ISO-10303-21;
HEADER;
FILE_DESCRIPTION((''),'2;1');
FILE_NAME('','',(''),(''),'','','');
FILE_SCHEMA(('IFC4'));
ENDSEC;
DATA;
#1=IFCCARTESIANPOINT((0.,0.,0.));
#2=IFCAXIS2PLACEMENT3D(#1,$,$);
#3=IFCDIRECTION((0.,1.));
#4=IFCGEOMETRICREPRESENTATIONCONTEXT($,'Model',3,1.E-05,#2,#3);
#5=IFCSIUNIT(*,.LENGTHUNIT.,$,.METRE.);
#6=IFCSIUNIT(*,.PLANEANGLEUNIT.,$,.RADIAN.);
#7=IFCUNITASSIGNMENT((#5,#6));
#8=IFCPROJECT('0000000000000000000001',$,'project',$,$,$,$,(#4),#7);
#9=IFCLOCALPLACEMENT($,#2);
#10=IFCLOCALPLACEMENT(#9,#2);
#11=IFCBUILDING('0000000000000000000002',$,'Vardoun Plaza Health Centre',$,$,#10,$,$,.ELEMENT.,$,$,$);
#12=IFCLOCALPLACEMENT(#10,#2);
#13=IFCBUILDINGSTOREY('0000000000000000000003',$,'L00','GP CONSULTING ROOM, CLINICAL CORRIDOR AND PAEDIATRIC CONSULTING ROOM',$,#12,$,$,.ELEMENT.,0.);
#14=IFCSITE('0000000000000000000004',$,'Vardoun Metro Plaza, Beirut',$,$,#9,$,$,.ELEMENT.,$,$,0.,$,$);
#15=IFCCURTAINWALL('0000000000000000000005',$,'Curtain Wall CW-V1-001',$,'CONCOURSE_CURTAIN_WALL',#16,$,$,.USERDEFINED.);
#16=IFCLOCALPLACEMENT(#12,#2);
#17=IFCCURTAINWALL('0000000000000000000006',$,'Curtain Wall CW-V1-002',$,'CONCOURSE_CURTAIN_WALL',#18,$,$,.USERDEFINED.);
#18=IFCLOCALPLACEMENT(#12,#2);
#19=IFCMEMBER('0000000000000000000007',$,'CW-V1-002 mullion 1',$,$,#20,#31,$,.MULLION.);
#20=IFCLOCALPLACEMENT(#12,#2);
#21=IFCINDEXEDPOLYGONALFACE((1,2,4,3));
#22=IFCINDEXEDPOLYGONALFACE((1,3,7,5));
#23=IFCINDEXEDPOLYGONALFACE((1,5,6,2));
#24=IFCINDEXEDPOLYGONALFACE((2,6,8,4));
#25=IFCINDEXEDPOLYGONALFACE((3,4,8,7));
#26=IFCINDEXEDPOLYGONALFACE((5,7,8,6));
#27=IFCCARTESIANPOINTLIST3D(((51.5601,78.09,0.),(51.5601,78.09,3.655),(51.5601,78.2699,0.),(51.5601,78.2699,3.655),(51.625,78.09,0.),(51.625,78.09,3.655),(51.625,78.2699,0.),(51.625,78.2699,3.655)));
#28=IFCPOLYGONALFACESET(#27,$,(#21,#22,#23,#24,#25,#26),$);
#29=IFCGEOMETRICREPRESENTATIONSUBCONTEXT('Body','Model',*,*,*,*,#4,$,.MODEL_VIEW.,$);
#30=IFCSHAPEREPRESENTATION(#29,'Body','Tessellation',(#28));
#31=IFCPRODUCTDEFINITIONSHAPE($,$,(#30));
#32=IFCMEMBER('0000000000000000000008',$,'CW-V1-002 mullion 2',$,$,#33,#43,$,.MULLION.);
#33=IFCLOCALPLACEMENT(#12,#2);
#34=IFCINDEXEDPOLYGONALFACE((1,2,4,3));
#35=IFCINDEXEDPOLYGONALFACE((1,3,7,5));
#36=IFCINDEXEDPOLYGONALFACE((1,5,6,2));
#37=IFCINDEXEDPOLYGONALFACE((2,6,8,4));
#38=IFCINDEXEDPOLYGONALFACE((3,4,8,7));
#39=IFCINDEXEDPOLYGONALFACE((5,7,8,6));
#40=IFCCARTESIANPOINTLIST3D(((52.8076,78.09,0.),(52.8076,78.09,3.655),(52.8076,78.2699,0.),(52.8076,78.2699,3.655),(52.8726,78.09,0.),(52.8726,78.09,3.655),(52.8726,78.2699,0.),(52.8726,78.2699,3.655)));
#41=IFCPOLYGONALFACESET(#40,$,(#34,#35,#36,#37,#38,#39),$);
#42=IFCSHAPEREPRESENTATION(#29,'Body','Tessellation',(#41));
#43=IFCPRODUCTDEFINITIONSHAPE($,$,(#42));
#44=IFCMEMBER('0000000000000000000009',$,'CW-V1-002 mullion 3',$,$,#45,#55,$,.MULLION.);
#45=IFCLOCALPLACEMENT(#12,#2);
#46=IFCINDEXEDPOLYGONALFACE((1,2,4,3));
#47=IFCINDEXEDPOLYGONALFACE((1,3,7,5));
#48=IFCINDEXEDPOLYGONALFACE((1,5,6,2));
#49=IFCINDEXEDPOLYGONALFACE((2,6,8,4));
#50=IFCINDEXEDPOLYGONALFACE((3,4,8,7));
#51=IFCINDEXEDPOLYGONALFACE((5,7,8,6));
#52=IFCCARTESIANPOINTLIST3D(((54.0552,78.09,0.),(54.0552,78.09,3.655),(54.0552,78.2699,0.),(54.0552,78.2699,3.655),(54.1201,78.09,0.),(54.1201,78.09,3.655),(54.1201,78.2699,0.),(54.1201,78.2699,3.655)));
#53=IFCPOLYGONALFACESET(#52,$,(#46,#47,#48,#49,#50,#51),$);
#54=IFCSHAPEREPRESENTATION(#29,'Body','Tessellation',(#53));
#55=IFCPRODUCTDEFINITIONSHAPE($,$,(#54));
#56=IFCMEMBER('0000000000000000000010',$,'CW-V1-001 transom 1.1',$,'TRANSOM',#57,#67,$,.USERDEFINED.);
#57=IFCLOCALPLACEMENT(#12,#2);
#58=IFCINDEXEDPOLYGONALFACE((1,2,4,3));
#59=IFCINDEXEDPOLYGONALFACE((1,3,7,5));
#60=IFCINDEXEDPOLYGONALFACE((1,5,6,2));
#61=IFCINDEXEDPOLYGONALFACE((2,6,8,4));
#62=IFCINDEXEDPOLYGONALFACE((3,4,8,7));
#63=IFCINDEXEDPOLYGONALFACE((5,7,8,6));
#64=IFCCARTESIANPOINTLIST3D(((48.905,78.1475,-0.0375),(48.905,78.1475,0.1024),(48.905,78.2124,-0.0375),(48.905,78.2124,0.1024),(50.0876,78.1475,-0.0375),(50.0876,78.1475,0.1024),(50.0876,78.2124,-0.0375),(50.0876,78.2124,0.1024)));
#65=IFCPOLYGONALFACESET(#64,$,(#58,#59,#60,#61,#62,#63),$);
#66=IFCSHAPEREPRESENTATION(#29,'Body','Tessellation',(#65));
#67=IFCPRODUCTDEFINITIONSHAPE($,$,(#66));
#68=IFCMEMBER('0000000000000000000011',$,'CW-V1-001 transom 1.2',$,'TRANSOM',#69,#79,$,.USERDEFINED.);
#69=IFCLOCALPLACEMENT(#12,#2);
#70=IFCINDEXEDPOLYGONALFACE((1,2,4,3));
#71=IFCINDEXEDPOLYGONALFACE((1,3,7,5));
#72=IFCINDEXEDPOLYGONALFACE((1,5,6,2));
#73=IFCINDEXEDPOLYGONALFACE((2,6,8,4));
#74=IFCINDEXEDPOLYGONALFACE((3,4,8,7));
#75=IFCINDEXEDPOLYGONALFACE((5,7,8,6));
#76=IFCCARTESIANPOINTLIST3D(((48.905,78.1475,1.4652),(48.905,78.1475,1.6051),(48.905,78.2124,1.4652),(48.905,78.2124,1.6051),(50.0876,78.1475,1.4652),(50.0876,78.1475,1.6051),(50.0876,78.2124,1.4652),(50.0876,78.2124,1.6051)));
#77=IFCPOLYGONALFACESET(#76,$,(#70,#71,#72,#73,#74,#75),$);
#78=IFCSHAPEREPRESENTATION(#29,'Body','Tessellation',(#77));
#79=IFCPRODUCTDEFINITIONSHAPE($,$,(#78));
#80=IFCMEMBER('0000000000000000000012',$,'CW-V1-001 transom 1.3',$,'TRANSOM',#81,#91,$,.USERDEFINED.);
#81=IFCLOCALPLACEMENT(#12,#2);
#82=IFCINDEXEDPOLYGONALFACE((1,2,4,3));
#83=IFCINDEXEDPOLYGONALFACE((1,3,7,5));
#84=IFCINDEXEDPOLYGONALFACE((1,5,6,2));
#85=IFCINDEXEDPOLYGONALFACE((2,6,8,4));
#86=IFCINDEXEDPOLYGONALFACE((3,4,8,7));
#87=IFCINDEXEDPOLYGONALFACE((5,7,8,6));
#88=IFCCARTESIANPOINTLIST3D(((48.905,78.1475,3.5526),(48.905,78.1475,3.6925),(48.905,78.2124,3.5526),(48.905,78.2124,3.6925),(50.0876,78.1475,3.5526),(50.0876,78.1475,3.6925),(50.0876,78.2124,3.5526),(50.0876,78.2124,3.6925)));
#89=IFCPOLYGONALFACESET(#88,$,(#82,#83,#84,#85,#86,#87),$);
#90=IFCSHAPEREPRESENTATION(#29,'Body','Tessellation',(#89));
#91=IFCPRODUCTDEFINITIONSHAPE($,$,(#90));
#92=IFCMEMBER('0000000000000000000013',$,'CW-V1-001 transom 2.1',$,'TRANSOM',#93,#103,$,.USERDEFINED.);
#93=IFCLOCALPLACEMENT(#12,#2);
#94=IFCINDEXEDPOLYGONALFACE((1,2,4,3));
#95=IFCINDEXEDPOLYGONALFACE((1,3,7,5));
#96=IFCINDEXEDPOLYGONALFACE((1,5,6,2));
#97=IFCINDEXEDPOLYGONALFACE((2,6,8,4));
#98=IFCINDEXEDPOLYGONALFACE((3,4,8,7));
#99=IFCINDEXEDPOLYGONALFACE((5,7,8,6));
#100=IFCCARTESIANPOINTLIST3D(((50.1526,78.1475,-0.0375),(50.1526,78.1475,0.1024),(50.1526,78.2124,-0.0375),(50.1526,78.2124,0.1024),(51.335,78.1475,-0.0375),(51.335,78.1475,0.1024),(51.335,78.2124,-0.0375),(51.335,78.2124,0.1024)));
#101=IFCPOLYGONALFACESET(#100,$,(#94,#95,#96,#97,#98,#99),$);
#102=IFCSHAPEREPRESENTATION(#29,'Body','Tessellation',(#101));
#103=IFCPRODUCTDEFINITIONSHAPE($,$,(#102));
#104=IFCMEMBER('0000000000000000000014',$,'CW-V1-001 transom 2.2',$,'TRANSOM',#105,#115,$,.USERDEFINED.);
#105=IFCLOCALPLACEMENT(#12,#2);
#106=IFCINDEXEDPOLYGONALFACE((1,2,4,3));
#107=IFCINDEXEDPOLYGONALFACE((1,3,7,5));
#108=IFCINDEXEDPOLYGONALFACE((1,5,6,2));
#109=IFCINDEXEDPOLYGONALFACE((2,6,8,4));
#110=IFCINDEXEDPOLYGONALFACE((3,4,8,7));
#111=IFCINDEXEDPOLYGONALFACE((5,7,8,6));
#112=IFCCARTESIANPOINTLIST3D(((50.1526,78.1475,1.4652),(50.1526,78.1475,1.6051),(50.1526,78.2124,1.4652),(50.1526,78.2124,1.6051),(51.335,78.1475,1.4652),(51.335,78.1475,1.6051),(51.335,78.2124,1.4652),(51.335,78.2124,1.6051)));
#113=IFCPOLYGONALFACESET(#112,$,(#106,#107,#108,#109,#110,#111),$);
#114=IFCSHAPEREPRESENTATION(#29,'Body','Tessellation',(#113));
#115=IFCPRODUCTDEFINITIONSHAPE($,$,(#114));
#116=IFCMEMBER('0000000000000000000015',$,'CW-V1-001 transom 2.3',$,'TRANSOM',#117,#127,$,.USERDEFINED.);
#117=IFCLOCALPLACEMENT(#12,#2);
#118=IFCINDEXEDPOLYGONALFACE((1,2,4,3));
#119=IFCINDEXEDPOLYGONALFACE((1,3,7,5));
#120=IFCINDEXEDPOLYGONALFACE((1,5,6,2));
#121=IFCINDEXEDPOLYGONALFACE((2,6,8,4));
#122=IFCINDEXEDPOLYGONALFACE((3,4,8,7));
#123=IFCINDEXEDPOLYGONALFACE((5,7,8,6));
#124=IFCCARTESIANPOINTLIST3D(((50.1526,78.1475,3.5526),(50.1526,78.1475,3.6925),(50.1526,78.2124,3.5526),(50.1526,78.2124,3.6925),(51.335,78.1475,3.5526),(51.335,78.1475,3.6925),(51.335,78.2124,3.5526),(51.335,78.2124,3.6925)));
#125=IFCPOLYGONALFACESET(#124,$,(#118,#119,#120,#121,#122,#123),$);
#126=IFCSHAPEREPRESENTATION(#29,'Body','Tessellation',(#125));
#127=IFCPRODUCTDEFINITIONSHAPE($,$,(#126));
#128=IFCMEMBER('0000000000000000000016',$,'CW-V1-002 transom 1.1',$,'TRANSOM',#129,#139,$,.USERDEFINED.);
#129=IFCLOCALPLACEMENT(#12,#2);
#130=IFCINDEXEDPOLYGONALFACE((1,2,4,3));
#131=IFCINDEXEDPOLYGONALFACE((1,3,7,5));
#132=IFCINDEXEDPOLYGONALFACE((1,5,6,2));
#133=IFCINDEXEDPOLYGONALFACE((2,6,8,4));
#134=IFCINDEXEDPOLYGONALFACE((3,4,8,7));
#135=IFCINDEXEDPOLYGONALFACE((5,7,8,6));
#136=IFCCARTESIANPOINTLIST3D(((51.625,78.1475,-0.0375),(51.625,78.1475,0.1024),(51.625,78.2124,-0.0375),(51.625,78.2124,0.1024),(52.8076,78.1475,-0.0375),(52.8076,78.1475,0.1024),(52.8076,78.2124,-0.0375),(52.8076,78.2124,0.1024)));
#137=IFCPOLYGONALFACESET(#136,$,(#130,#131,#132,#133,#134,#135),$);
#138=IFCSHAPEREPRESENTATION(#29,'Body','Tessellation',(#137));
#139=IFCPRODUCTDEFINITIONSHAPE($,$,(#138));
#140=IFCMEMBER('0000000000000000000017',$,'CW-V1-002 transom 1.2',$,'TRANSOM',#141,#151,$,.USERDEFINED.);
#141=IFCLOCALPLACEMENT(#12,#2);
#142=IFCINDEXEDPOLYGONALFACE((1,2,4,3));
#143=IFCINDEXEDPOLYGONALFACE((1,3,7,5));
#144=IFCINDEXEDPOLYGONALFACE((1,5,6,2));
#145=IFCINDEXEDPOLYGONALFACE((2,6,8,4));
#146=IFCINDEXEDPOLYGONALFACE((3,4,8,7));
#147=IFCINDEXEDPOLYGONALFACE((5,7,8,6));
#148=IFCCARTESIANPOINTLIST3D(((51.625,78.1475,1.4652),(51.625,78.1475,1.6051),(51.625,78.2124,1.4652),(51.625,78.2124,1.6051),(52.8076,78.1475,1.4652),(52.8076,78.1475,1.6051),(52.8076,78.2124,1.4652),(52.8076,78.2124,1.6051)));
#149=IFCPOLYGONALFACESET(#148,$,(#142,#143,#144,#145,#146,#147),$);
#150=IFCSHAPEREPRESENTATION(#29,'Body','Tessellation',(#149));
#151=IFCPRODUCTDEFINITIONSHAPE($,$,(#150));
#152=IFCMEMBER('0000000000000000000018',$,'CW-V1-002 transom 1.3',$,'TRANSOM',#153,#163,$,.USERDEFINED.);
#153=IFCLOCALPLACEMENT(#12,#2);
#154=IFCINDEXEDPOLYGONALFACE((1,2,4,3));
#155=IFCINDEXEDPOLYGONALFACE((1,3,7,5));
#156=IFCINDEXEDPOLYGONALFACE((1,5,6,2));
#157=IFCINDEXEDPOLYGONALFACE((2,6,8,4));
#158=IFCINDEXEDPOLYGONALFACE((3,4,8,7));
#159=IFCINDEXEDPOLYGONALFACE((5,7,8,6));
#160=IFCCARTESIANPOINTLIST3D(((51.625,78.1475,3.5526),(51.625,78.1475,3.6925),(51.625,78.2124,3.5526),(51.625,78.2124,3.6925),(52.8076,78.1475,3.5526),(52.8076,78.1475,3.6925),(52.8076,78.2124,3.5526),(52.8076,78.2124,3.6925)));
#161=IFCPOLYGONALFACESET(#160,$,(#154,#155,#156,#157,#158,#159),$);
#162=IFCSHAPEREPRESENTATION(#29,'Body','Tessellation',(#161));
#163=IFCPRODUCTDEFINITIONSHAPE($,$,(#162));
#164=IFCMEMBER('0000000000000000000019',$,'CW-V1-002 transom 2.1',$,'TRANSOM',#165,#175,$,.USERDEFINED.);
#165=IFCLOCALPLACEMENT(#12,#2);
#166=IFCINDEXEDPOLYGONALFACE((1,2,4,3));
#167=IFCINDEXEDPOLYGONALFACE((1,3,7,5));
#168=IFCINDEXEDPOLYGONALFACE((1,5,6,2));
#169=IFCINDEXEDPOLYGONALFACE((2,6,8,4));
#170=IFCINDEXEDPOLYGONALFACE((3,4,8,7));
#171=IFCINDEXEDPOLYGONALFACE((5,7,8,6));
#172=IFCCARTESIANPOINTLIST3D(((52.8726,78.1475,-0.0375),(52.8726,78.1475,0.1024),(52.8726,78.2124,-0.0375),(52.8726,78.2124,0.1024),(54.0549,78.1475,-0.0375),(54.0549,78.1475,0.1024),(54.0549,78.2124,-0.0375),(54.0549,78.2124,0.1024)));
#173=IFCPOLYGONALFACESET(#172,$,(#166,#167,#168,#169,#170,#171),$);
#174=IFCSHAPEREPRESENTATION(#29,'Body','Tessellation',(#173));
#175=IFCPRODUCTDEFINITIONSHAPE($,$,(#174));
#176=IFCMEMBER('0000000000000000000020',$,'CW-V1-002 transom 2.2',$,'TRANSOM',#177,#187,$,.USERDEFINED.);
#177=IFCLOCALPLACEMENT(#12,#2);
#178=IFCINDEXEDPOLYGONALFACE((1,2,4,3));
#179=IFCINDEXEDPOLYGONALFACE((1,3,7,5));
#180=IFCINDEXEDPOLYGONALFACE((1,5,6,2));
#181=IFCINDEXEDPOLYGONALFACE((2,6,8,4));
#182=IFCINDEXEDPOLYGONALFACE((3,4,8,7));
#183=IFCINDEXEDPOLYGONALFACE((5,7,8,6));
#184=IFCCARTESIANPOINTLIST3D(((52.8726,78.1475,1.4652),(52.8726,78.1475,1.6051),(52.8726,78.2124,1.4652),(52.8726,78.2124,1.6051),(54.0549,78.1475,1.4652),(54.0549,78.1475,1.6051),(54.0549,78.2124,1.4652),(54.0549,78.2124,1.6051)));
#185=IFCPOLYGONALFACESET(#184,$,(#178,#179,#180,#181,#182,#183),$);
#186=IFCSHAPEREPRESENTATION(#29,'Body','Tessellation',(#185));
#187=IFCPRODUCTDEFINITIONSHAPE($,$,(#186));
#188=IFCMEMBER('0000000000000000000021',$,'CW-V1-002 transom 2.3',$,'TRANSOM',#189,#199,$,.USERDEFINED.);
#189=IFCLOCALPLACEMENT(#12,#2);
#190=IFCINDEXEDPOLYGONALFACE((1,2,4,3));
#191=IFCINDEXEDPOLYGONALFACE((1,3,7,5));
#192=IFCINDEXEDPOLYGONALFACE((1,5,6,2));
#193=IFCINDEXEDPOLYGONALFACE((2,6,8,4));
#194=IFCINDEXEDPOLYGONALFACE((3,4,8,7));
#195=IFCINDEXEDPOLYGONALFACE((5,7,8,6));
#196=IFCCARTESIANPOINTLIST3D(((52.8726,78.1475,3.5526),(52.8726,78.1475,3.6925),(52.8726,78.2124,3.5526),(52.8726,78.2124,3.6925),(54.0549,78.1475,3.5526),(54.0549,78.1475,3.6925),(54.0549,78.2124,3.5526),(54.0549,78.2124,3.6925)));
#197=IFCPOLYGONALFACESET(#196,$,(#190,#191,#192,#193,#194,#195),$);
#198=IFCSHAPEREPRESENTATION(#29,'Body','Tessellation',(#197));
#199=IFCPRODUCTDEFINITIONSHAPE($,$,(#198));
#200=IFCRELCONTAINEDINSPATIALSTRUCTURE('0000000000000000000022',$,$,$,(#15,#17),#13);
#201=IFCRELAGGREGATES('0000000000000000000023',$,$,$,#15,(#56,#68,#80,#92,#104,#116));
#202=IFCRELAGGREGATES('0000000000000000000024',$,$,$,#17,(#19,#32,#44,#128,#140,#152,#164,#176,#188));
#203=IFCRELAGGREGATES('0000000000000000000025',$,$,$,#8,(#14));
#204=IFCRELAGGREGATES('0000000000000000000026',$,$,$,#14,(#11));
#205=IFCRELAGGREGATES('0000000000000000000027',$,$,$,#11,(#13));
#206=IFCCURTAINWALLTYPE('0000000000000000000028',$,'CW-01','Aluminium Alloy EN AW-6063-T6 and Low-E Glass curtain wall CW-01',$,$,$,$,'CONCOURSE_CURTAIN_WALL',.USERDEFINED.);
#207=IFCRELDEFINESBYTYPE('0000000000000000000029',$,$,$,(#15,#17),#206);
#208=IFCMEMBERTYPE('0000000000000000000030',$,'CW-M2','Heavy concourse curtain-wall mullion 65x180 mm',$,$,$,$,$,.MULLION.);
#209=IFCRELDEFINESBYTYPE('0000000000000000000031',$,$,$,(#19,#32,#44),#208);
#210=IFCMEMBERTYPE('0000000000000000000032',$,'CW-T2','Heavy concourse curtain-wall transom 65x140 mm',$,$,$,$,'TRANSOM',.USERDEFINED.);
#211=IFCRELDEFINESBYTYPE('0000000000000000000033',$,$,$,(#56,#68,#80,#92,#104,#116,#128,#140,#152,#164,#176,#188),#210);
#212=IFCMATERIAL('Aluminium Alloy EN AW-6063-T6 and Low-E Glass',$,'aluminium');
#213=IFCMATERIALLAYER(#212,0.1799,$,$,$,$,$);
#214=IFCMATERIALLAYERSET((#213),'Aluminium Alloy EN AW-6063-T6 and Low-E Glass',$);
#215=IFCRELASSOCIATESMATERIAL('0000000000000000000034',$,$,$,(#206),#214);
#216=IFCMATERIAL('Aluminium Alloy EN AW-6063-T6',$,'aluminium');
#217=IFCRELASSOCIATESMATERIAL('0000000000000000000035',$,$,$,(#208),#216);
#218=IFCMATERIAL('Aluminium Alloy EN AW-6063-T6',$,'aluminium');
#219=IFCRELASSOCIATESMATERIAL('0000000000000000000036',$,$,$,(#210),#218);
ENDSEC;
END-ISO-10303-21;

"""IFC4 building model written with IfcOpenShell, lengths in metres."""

from ifc_helpers import new_model, si_unit, direction, frame, origin, origin_2d, place, context, subcontext, project, spatial, rectangle, extrude, material, layer, layer_set, material_profile, profile_set, type_object, element, aggregate, save


model = new_model("IFC4")

# Units and contexts
model_context = context("Model", 3, precision=1e-05, world=origin(), true_north=direction((0.0, 1.0)))
body_context = subcontext(model_context, "Body", "Model", "MODEL_VIEW")
ifc_project = project(units=[si_unit("LENGTHUNIT", "METRE"), si_unit("PLANEANGLEUNIT", "RADIAN")], contexts=[model_context])

# Site, building, storey
site_placement = place(None, origin())
site = spatial("IfcSite", under=ifc_project, at=site_placement, Name="Vardoun Metro Plaza, Beirut", CompositionType="ELEMENT", RefElevation=0.0)
building_placement = place(site_placement, origin())
building = spatial("IfcBuilding", under=site, at=building_placement, Name="Vardoun Plaza Health Centre", CompositionType="ELEMENT")
storey_placement = place(building_placement, origin())
storey = spatial("IfcBuildingStorey", under=building, at=storey_placement, Name="L00", Description="GP CONSULTING ROOM, CLINICAL CORRIDOR AND PAEDIATRIC CONSULTING ROOM", CompositionType="ELEMENT", Elevation=0.0)

# Curtain walls, members
ifc_material_1 = material(Name="Aluminium Alloy EN AW-6063-T6 and Low-E Glass", Category="aluminium")
ifc_layer_1 = layer(ifc_material_1, 0.1799)
ifc_layer_set_1 = layer_set([ifc_layer_1], Name="Aluminium Alloy EN AW-6063-T6 and Low-E Glass")
curtain_wall_type = type_object("IfcCurtainWallType", Name="CW-01", Description="Aluminium Alloy EN AW-6063-T6 and Low-E Glass curtain wall CW-01", ElementType="CONCOURSE_CURTAIN_WALL", PredefinedType="USERDEFINED", material=ifc_layer_set_1)
curtain_wall_1_placement = place(storey_placement, origin())
curtain_wall_1 = element("IfcCurtainWall", 1, at=curtain_wall_1_placement, inside=storey, type_object=curtain_wall_type, Name="Curtain Wall CW-V1-001", ObjectType="CONCOURSE_CURTAIN_WALL", PredefinedType="USERDEFINED")
ifc_material_2 = material(Name="Aluminium Alloy EN AW-6063-T6", Category="aluminium")
ifc_material_profile_1 = material_profile(ifc_material_2, rectangle(XDim=0.1799, YDim=0.0649, at=origin_2d()), Name="CWM 65x180")
ifc_profile_set_1 = profile_set([ifc_material_profile_1], Name="Aluminium Alloy EN AW-6063-T6")
member_type_1 = type_object("IfcMemberType", Name="CW-M2", Description="Heavy concourse curtain-wall mullion 65x180 mm", PredefinedType="MULLION", material=ifc_profile_set_1)
curtain_wall_2_placement = place(storey_placement, origin())
curtain_wall_2 = element("IfcCurtainWall", 2, at=curtain_wall_2_placement, inside=storey, type_object=curtain_wall_type, Name="Curtain Wall CW-V1-002", ObjectType="CONCOURSE_CURTAIN_WALL", PredefinedType="USERDEFINED")
member_1_placement = place(storey_placement, frame((51.5925, 78.1799, 0.0), z_axis=(0.0, 0.0, 1.0), x_axis=(0.0, 1.0, 0.0)))
member_1 = element("IfcMember", 3, at=member_1_placement, type_object=member_type_1, Name="CW-V1-002 mullion 1", PredefinedType="MULLION", context=body_context, shape_type="SweptSolid", body=[
    extrude(rectangle(XDim=0.1799, YDim=0.0649, at=origin_2d()), origin(), (0.0, 0.0, 1.0), 3.655),
])
member_2_placement = place(storey_placement, frame((52.8401, 78.1799, 0.0), z_axis=(0.0, 0.0, 1.0), x_axis=(0.0, 1.0, 0.0)))
member_2 = element("IfcMember", 4, at=member_2_placement, type_object=member_type_1, Name="CW-V1-002 mullion 2", PredefinedType="MULLION", context=body_context, shape_type="SweptSolid", body=[
    extrude(rectangle(XDim=0.1799, YDim=0.0649, at=origin_2d()), origin(), (0.0, 0.0, 1.0), 3.655),
])
member_3_placement = place(storey_placement, frame((54.0876, 78.1799, 0.0), z_axis=(0.0, 0.0, 1.0), x_axis=(0.0, 1.0, 0.0)))
member_3 = element("IfcMember", 5, at=member_3_placement, type_object=member_type_1, Name="CW-V1-002 mullion 3", PredefinedType="MULLION", context=body_context, shape_type="SweptSolid", body=[
    extrude(rectangle(XDim=0.1799, YDim=0.0649, at=origin_2d()), origin(), (0.0, 0.0, 1.0), 3.655),
])

# Members
ifc_material_3 = material(Name="Aluminium Alloy EN AW-6063-T6", Category="aluminium")
ifc_material_profile_2 = material_profile(ifc_material_3, rectangle(XDim=0.0649, YDim=0.1399, at=origin_2d()), Name="CWT 65x140")
ifc_profile_set_2 = profile_set([ifc_material_profile_2], Name="Aluminium Alloy EN AW-6063-T6")
member_type_2 = type_object("IfcMemberType", Name="CW-T2", Description="Heavy concourse curtain-wall transom 65x140 mm", ElementType="TRANSOM", PredefinedType="USERDEFINED", material=ifc_profile_set_2)
member_4_placement = place(storey_placement, frame((48.905, 78.1799, 0.0325), z_axis=(1.0, 0.0, 0.0), x_axis=(0.0, 1.0, 0.0)))
member_4 = element("IfcMember", 6, at=member_4_placement, type_object=member_type_2, Name="CW-V1-001 transom 1.1", ObjectType="TRANSOM", PredefinedType="USERDEFINED", context=body_context, shape_type="SweptSolid", body=[
    extrude(rectangle(XDim=0.0649, YDim=0.1399, at=origin_2d()), origin(), (0.0, 0.0, 1.0), 1.1826),
])
member_5_placement = place(storey_placement, frame((48.905, 78.1799, 1.5352), z_axis=(1.0, 0.0, 0.0), x_axis=(0.0, 1.0, 0.0)))
member_5 = element("IfcMember", 7, at=member_5_placement, type_object=member_type_2, Name="CW-V1-001 transom 1.2", ObjectType="TRANSOM", PredefinedType="USERDEFINED", context=body_context, shape_type="SweptSolid", body=[
    extrude(rectangle(XDim=0.0649, YDim=0.1399, at=origin_2d()), origin(), (0.0, 0.0, 1.0), 1.1826),
])
member_6_placement = place(storey_placement, frame((48.905, 78.1799, 3.6226), z_axis=(1.0, 0.0, 0.0), x_axis=(0.0, 1.0, 0.0)))
member_6 = element("IfcMember", 8, at=member_6_placement, type_object=member_type_2, Name="CW-V1-001 transom 1.3", ObjectType="TRANSOM", PredefinedType="USERDEFINED", context=body_context, shape_type="SweptSolid", body=[
    extrude(rectangle(XDim=0.0649, YDim=0.1399, at=origin_2d()), origin(), (0.0, 0.0, 1.0), 1.1826),
])
member_7_placement = place(storey_placement, frame((50.1526, 78.1799, 0.0325), z_axis=(1.0, 0.0, 0.0), x_axis=(0.0, 1.0, 0.0)))
member_7 = element("IfcMember", 9, at=member_7_placement, type_object=member_type_2, Name="CW-V1-001 transom 2.1", ObjectType="TRANSOM", PredefinedType="USERDEFINED", context=body_context, shape_type="SweptSolid", body=[
    extrude(rectangle(XDim=0.0649, YDim=0.1399, at=origin_2d()), origin(), (0.0, 0.0, 1.0), 1.1824),
])
member_8_placement = place(storey_placement, frame((50.1526, 78.1799, 1.5352), z_axis=(1.0, 0.0, 0.0), x_axis=(0.0, 1.0, 0.0)))
member_8 = element("IfcMember", 10, at=member_8_placement, type_object=member_type_2, Name="CW-V1-001 transom 2.2", ObjectType="TRANSOM", PredefinedType="USERDEFINED", context=body_context, shape_type="SweptSolid", body=[
    extrude(rectangle(XDim=0.0649, YDim=0.1399, at=origin_2d()), origin(), (0.0, 0.0, 1.0), 1.1824),
])
member_9_placement = place(storey_placement, frame((50.1526, 78.1799, 3.6226), z_axis=(1.0, 0.0, 0.0), x_axis=(0.0, 1.0, 0.0)))
member_9 = element("IfcMember", 11, at=member_9_placement, type_object=member_type_2, Name="CW-V1-001 transom 2.3", ObjectType="TRANSOM", PredefinedType="USERDEFINED", context=body_context, shape_type="SweptSolid", body=[
    extrude(rectangle(XDim=0.0649, YDim=0.1399, at=origin_2d()), origin(), (0.0, 0.0, 1.0), 1.1824),
])
member_10_placement = place(storey_placement, frame((51.625, 78.1799, 0.0325), z_axis=(1.0, 0.0, 0.0), x_axis=(0.0, 1.0, 0.0)))
member_10 = element("IfcMember", 12, at=member_10_placement, type_object=member_type_2, Name="CW-V1-002 transom 1.1", ObjectType="TRANSOM", PredefinedType="USERDEFINED", context=body_context, shape_type="SweptSolid", body=[
    extrude(rectangle(XDim=0.0649, YDim=0.1399, at=origin_2d()), origin(), (0.0, 0.0, 1.0), 1.1826),
])
member_11_placement = place(storey_placement, frame((51.625, 78.1799, 1.5352), z_axis=(1.0, 0.0, 0.0), x_axis=(0.0, 1.0, 0.0)))
member_11 = element("IfcMember", 13, at=member_11_placement, type_object=member_type_2, Name="CW-V1-002 transom 1.2", ObjectType="TRANSOM", PredefinedType="USERDEFINED", context=body_context, shape_type="SweptSolid", body=[
    extrude(rectangle(XDim=0.0649, YDim=0.1399, at=origin_2d()), origin(), (0.0, 0.0, 1.0), 1.1826),
])
member_12_placement = place(storey_placement, frame((51.625, 78.1799, 3.6226), z_axis=(1.0, 0.0, 0.0), x_axis=(0.0, 1.0, 0.0)))
member_12 = element("IfcMember", 14, at=member_12_placement, type_object=member_type_2, Name="CW-V1-002 transom 1.3", ObjectType="TRANSOM", PredefinedType="USERDEFINED", context=body_context, shape_type="SweptSolid", body=[
    extrude(rectangle(XDim=0.0649, YDim=0.1399, at=origin_2d()), origin(), (0.0, 0.0, 1.0), 1.1826),
])
member_13_placement = place(storey_placement, frame((52.8726, 78.1799, 0.0325), z_axis=(1.0, 0.0, 0.0), x_axis=(0.0, 1.0, 0.0)))
member_13 = element("IfcMember", 15, at=member_13_placement, type_object=member_type_2, Name="CW-V1-002 transom 2.1", ObjectType="TRANSOM", PredefinedType="USERDEFINED", context=body_context, shape_type="SweptSolid", body=[
    extrude(rectangle(XDim=0.0649, YDim=0.1399, at=origin_2d()), origin(), (0.0, 0.0, 1.0), 1.1824),
])
member_14_placement = place(storey_placement, frame((52.8726, 78.1799, 1.5352), z_axis=(1.0, 0.0, 0.0), x_axis=(0.0, 1.0, 0.0)))
member_14 = element("IfcMember", 16, at=member_14_placement, type_object=member_type_2, Name="CW-V1-002 transom 2.2", ObjectType="TRANSOM", PredefinedType="USERDEFINED", context=body_context, shape_type="SweptSolid", body=[
    extrude(rectangle(XDim=0.0649, YDim=0.1399, at=origin_2d()), origin(), (0.0, 0.0, 1.0), 1.1824),
])
member_15_placement = place(storey_placement, frame((52.8726, 78.1799, 3.6226), z_axis=(1.0, 0.0, 0.0), x_axis=(0.0, 1.0, 0.0)))
member_15 = element("IfcMember", 17, at=member_15_placement, type_object=member_type_2, Name="CW-V1-002 transom 2.3", ObjectType="TRANSOM", PredefinedType="USERDEFINED", context=body_context, shape_type="SweptSolid", body=[
    extrude(rectangle(XDim=0.0649, YDim=0.1399, at=origin_2d()), origin(), (0.0, 0.0, 1.0), 1.1824),
])

aggregate(curtain_wall_1, [member_4, member_5, member_6, member_7, member_8, member_9])
aggregate(curtain_wall_2, [member_1, member_2, member_3, member_10, member_11, member_12, member_13, member_14, member_15])

save(model, "model.ifc")
